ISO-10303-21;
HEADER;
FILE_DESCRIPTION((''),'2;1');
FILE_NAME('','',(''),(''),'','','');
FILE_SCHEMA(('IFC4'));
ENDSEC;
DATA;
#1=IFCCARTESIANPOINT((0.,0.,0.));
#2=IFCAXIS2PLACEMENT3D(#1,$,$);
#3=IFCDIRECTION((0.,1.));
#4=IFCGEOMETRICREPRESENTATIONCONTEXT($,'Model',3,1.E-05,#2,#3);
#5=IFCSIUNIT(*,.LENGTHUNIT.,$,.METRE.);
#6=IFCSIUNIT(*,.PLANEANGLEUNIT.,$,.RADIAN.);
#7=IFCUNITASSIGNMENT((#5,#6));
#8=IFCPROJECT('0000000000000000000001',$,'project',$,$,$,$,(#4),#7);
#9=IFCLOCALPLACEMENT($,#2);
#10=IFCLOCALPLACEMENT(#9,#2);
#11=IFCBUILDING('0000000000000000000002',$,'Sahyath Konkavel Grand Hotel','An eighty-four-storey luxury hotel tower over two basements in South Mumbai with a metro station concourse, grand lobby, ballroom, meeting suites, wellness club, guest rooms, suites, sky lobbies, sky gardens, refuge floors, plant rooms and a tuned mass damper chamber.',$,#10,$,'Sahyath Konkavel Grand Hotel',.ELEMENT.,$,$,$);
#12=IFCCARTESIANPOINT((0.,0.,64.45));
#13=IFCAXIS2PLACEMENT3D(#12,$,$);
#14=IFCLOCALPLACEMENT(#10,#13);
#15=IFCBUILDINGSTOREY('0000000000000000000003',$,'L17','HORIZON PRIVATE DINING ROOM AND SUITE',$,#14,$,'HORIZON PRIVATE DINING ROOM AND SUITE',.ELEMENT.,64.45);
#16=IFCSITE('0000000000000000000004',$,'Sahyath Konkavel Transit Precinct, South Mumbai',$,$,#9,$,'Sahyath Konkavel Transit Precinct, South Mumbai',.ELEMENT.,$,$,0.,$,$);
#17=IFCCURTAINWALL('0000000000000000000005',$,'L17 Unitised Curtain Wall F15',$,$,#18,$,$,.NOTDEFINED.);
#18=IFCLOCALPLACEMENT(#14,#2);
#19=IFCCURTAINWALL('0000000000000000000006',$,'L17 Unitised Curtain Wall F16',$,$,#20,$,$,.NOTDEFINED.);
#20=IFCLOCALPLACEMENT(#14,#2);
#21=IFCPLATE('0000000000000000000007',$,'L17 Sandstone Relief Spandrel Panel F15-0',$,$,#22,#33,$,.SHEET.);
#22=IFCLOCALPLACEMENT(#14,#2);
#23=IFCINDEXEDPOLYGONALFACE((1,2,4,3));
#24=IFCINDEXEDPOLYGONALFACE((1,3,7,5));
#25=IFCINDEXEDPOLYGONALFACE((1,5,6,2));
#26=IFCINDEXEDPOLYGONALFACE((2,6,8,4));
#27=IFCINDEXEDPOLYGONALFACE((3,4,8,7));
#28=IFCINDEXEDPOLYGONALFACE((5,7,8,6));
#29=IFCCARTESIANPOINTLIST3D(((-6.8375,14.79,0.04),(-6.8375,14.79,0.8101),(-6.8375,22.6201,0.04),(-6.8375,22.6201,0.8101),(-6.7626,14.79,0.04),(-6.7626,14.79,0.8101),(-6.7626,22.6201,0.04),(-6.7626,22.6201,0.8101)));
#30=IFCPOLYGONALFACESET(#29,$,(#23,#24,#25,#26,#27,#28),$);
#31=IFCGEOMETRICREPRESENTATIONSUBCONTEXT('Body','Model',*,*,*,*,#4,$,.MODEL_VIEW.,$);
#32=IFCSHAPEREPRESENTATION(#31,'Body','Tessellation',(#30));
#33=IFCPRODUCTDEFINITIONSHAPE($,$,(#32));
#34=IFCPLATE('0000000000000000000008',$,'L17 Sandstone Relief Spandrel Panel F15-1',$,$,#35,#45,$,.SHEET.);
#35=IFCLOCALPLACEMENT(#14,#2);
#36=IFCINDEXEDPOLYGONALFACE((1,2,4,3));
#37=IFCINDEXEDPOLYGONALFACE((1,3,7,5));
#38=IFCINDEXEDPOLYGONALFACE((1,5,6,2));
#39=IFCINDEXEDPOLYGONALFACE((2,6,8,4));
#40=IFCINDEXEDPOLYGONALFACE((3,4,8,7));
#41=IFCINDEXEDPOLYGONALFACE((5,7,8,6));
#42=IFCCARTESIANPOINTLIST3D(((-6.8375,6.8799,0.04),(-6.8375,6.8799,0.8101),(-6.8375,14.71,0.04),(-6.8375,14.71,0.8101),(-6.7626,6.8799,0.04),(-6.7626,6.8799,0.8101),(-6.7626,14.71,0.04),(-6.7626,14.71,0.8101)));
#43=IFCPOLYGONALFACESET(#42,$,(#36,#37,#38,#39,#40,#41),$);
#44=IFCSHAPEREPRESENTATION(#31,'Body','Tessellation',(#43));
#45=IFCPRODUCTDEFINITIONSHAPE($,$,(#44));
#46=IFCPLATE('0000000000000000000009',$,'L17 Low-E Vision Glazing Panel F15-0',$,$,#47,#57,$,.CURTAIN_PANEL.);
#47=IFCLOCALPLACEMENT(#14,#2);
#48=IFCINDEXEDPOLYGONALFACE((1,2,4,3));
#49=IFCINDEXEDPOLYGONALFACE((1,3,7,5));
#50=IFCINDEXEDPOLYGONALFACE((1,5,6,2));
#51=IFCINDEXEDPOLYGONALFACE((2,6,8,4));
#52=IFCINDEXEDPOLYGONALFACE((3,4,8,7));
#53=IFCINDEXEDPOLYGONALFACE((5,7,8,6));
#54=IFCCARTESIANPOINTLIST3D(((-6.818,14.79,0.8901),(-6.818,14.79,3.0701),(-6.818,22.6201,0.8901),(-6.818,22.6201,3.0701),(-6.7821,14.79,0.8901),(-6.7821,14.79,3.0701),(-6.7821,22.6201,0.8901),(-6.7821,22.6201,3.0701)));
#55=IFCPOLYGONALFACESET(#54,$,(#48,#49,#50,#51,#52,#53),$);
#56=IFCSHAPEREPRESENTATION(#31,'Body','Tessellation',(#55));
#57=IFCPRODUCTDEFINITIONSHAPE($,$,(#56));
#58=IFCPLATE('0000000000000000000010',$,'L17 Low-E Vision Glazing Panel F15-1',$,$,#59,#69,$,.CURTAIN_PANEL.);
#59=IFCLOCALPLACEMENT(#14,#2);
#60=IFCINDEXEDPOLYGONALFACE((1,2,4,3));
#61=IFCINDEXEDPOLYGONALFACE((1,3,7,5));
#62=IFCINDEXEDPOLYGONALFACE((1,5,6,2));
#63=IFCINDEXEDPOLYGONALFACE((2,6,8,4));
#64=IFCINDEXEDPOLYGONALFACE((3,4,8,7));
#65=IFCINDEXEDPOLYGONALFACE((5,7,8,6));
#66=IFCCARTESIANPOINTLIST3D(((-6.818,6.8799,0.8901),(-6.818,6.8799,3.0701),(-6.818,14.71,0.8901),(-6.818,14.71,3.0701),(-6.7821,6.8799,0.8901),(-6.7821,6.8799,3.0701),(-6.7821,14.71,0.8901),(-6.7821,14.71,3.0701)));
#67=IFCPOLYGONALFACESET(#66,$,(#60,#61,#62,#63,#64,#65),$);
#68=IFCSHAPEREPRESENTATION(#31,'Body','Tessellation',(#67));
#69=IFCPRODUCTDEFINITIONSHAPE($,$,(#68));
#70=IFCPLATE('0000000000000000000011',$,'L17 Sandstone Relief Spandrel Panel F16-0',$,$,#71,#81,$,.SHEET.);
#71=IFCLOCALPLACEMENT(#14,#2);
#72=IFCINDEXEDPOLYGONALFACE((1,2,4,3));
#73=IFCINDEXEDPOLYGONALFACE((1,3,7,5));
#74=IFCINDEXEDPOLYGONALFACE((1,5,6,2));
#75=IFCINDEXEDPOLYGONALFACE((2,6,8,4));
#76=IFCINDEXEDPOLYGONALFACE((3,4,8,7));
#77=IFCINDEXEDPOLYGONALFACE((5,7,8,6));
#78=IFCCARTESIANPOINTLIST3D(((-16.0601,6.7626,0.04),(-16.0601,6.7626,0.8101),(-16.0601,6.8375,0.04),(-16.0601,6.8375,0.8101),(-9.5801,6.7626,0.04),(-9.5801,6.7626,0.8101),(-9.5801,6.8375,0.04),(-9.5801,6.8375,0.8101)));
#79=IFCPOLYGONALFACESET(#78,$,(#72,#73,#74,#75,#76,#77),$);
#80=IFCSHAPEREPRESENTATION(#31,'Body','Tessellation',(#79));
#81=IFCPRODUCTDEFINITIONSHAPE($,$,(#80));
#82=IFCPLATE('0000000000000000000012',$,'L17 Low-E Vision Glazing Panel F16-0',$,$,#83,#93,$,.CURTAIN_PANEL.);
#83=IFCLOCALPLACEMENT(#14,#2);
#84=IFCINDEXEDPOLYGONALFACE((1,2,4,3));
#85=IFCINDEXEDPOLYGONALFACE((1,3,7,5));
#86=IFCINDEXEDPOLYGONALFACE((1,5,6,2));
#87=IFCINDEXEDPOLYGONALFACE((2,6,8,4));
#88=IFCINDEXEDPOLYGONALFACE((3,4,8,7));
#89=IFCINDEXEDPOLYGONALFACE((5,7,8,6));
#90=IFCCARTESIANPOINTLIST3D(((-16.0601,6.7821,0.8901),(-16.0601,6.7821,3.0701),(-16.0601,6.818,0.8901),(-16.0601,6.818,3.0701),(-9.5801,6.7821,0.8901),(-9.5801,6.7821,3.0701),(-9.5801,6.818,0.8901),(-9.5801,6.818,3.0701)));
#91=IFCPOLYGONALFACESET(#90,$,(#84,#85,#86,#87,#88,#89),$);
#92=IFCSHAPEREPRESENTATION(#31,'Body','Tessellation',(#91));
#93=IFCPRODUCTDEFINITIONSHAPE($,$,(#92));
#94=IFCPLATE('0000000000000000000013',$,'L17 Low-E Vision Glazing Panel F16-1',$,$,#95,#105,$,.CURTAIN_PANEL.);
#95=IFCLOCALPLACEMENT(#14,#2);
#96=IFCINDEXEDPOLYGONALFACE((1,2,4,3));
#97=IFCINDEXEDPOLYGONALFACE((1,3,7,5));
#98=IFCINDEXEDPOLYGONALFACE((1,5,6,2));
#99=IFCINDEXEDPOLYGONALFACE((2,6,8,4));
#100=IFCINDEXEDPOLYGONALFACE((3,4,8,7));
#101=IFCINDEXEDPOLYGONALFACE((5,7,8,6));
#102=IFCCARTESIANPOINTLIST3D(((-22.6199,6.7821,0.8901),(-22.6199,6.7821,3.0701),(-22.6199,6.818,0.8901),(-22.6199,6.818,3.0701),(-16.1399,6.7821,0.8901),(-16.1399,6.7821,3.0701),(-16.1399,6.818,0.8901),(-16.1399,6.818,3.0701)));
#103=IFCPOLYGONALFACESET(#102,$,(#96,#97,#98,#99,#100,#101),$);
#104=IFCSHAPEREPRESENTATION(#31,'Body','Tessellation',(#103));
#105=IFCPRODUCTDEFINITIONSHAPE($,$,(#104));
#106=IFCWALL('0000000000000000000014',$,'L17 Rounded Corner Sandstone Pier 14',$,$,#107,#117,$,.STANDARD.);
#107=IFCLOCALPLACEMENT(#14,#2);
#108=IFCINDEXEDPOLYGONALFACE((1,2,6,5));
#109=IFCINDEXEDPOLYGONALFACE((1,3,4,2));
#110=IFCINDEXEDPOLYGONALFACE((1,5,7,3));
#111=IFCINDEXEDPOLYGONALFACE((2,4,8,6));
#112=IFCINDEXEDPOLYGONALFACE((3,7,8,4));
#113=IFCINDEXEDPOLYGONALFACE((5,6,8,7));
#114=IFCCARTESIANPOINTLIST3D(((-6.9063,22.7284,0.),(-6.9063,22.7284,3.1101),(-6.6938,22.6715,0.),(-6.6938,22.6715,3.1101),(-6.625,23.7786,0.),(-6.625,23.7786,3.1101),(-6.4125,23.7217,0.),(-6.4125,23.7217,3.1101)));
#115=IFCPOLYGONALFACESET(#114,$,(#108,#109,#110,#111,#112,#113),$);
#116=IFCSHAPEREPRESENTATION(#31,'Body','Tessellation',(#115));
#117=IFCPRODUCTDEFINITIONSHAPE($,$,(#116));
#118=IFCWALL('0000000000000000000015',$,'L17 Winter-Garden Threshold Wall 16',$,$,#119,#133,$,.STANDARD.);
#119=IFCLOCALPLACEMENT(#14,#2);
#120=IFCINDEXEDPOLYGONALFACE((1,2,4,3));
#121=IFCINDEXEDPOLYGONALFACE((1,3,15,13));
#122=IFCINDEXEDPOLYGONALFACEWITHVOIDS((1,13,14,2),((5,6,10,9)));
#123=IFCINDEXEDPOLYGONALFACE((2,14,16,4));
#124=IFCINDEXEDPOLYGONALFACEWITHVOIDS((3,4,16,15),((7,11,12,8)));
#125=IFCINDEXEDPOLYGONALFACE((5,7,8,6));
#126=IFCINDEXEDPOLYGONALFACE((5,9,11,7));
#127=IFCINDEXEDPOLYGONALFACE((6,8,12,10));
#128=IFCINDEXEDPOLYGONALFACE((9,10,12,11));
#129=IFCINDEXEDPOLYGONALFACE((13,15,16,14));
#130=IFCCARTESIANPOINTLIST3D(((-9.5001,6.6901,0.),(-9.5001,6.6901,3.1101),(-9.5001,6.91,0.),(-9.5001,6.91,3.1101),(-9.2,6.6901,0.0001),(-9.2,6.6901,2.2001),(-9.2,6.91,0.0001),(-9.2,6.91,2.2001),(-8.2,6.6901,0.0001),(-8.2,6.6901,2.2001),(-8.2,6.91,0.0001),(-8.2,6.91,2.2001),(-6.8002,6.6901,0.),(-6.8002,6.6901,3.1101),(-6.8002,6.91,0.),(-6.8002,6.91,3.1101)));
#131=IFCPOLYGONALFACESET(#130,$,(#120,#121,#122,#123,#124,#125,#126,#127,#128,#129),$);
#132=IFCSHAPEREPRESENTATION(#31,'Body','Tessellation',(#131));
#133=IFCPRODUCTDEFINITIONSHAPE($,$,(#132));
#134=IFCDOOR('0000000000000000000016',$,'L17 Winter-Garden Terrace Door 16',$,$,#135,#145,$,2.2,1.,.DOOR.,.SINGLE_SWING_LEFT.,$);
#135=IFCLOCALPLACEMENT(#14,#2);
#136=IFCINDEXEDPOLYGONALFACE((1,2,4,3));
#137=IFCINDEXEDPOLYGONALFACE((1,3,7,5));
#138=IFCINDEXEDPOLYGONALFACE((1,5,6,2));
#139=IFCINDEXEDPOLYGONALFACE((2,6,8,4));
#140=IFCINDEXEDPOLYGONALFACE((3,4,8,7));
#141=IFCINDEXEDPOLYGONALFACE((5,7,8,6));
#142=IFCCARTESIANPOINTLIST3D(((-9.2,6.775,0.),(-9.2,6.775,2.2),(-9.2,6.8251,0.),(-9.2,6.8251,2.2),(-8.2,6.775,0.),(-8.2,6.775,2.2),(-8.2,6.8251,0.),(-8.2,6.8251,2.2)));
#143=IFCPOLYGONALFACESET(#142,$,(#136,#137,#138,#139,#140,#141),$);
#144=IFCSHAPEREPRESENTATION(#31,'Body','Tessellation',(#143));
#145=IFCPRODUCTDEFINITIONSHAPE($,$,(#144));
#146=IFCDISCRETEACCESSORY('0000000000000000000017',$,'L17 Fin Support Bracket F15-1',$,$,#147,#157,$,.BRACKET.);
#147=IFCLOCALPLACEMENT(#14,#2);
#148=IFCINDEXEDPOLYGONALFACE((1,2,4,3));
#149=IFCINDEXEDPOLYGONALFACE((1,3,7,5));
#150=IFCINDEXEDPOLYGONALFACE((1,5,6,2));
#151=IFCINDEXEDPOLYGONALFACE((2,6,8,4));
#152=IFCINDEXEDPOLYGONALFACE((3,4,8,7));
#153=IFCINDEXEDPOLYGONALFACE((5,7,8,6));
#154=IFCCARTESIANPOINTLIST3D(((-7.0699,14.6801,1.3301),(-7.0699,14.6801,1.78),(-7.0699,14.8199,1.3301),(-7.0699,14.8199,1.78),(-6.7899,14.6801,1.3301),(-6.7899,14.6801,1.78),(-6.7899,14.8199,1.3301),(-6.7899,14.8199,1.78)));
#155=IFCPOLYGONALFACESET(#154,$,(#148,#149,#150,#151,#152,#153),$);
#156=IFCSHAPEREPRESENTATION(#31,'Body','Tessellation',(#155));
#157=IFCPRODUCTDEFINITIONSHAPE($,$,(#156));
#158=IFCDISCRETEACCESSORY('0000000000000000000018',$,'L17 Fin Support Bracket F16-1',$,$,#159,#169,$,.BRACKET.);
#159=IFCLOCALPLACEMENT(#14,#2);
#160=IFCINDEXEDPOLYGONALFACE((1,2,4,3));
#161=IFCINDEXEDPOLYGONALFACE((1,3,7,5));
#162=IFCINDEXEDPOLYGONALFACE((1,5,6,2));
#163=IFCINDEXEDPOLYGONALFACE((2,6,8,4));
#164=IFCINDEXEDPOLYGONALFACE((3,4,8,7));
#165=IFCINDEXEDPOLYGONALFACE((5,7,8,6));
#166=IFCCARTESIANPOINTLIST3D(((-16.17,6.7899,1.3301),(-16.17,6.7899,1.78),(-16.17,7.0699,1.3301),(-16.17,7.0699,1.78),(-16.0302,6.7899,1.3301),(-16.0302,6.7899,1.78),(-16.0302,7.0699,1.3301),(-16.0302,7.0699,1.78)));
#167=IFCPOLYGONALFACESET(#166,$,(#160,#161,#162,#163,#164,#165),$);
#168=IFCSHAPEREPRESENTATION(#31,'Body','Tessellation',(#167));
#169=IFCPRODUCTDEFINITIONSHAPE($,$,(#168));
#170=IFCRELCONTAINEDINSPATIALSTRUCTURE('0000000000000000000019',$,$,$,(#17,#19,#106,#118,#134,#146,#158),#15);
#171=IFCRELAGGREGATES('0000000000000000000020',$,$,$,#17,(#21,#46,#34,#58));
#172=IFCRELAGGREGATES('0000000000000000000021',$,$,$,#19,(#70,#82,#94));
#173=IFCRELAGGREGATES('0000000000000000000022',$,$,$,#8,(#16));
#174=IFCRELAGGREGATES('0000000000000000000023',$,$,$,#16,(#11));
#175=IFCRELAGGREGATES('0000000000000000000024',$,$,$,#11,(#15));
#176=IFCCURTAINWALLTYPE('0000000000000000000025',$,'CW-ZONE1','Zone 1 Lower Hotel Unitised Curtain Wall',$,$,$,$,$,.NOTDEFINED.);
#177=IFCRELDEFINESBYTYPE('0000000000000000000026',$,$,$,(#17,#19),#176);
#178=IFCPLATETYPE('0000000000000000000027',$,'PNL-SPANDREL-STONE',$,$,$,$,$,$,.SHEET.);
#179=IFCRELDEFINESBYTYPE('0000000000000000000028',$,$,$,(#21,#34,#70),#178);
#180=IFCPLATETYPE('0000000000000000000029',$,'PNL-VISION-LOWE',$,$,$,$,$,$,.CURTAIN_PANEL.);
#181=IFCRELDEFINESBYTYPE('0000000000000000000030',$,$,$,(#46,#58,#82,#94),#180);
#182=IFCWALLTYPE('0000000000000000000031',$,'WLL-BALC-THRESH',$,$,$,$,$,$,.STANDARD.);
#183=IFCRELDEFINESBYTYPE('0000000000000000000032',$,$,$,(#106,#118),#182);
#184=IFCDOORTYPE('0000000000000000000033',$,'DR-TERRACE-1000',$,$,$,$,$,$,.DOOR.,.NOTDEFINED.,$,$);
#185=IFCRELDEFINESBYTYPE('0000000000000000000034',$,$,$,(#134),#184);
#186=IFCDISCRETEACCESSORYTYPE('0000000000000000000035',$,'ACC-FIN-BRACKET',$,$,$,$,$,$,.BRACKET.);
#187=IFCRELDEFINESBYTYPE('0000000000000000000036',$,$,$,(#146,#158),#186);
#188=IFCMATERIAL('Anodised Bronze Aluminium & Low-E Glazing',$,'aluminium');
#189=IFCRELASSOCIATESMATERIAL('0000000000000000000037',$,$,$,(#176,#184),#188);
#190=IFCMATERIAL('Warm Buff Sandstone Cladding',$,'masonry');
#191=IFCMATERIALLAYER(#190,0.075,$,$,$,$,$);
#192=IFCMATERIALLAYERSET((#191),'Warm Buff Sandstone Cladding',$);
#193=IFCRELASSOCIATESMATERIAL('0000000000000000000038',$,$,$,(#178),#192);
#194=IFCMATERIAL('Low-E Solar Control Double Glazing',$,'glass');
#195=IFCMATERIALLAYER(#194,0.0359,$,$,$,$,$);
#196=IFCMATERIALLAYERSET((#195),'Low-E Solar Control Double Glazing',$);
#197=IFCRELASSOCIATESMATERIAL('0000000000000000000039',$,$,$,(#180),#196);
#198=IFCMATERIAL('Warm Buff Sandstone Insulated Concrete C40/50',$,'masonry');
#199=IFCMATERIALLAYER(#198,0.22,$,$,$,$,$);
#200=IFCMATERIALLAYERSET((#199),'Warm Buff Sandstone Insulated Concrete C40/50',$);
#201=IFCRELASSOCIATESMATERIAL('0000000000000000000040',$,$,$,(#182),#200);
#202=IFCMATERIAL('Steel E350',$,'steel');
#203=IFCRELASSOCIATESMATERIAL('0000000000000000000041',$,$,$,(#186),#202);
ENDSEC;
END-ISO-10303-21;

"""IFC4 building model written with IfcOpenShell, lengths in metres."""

from ifc_helpers import new_model, si_unit, direction, frame, frame_2d, origin, origin_2d, place, context, subcontext, project, spatial, rectangle, extrude, source, transform, mapped, material, layer, layer_set, type_object, element, fill, aggregate, save


model = new_model("IFC4")

# Units and contexts
model_context = context("Model", 3, precision=1e-05, world=origin(), true_north=direction((0.0, 1.0)))
body_context = subcontext(model_context, "Body", "Model", "MODEL_VIEW")
ifc_project = project(units=[si_unit("LENGTHUNIT", "METRE"), si_unit("PLANEANGLEUNIT", "RADIAN")], contexts=[model_context])

# Site, building, storey
site_placement = place(None, origin())
site = spatial("IfcSite", under=ifc_project, at=site_placement, Name="Sahyath Konkavel Transit Precinct, South Mumbai", LongName="Sahyath Konkavel Transit Precinct, South Mumbai", CompositionType="ELEMENT", RefElevation=0.0)
building_placement = place(site_placement, origin())
building = spatial("IfcBuilding", under=site, at=building_placement, Name="Sahyath Konkavel Grand Hotel", Description="An eighty-four-storey luxury hotel tower over two basements in South Mumbai with a metro station concourse, grand lobby, ballroom, meeting suites, wellness club, guest rooms, suites, sky lobbies, sky gardens, refuge floors, plant rooms and a tuned mass damper chamber.", LongName="Sahyath Konkavel Grand Hotel", CompositionType="ELEMENT")
storey_placement = place(building_placement, frame((0.0, 0.0, 64.45)))
storey = spatial("IfcBuildingStorey", under=building, at=storey_placement, Name="L17", Description="HORIZON PRIVATE DINING ROOM AND SUITE", LongName="HORIZON PRIVATE DINING ROOM AND SUITE", CompositionType="ELEMENT", Elevation=64.45)

# Curtain walls
ifc_material_1 = material(Name="Anodised Bronze Aluminium & Low-E Glazing", Category="aluminium")
curtain_wall_type = type_object("IfcCurtainWallType", Name="CW-ZONE1", Description="Zone 1 Lower Hotel Unitised Curtain Wall", PredefinedType="NOTDEFINED", material=ifc_material_1)
curtain_wall_1_placement = place(storey_placement, origin())
curtain_wall_1 = element("IfcCurtainWall", 1, at=curtain_wall_1_placement, inside=storey, type_object=curtain_wall_type, Name="L17 Unitised Curtain Wall F15", PredefinedType="NOTDEFINED")
curtain_wall_2_placement = place(storey_placement, origin())
curtain_wall_2 = element("IfcCurtainWall", 2, at=curtain_wall_2_placement, inside=storey, type_object=curtain_wall_type, Name="L17 Unitised Curtain Wall F16", PredefinedType="NOTDEFINED")

# Plates
ifc_material_2 = material(Name="Warm Buff Sandstone Cladding", Category="masonry")
ifc_layer_1 = layer(ifc_material_2, 0.075)
ifc_layer_set_1 = layer_set([ifc_layer_1], Name="Warm Buff Sandstone Cladding")
plate_type_1 = type_object("IfcPlateType", Name="PNL-SPANDREL-STONE", PredefinedType="SHEET", material=ifc_layer_set_1)
shared_shape_1 = source(origin(), body_context, "Body", "SweptSolid", [
    extrude(rectangle(XDim=7.8301, YDim=0.075, at=origin_2d()), origin(), (0.0, 0.0, 1.0), 0.77),
])
plate_1_placement = place(storey_placement, frame((-6.8, 18.7051, 0.04), z_axis=(0.0, 0.0, 1.0), x_axis=(0.0, -1.0, 0.0)))
plate_1 = element("IfcPlate", 3, at=plate_1_placement, type_object=plate_type_1, Name="L17 Sandstone Relief Spandrel Panel F15-0", PredefinedType="SHEET", context=body_context, shape_type="MappedRepresentation", body=[
    mapped(shared_shape_1, transform((0.0, 0.0, 0.0), scale=1.0)),
])
plate_2_placement = place(storey_placement, frame((-6.8, 10.7949, 0.04), z_axis=(0.0, 0.0, 1.0), x_axis=(0.0, -1.0, 0.0)))
plate_2 = element("IfcPlate", 4, at=plate_2_placement, type_object=plate_type_1, Name="L17 Sandstone Relief Spandrel Panel F15-1", PredefinedType="SHEET", context=body_context, shape_type="MappedRepresentation", body=[
    mapped(shared_shape_1, transform((0.0, 0.0, 0.0), scale=1.0)),
])
ifc_material_3 = material(Name="Low-E Solar Control Double Glazing", Category="glass")
ifc_layer_2 = layer(ifc_material_3, 0.0359)
ifc_layer_set_2 = layer_set([ifc_layer_2], Name="Low-E Solar Control Double Glazing")
plate_type_2 = type_object("IfcPlateType", Name="PNL-VISION-LOWE", PredefinedType="CURTAIN_PANEL", material=ifc_layer_set_2)
shared_shape_2 = source(origin(), body_context, "Body", "SweptSolid", [
    extrude(rectangle(XDim=7.8301, YDim=0.0359, at=origin_2d()), origin(), (0.0, 0.0, 1.0), 2.1799),
])
plate_3_placement = place(storey_placement, frame((-6.8, 18.7051, 0.8901), z_axis=(0.0, 0.0, 1.0), x_axis=(0.0, -1.0, 0.0)))
plate_3 = element("IfcPlate", 5, at=plate_3_placement, type_object=plate_type_2, Name="L17 Low-E Vision Glazing Panel F15-0", PredefinedType="CURTAIN_PANEL", context=body_context, shape_type="MappedRepresentation", body=[
    mapped(shared_shape_2, transform((0.0, 0.0, 0.0), scale=1.0)),
])
plate_4_placement = place(storey_placement, frame((-6.8, 10.7949, 0.8901), z_axis=(0.0, 0.0, 1.0), x_axis=(0.0, -1.0, 0.0)))
plate_4 = element("IfcPlate", 6, at=plate_4_placement, type_object=plate_type_2, Name="L17 Low-E Vision Glazing Panel F15-1", PredefinedType="CURTAIN_PANEL", context=body_context, shape_type="MappedRepresentation", body=[
    mapped(shared_shape_2, transform((0.0, 0.0, 0.0), scale=1.0)),
])
aggregate(curtain_wall_1, [plate_1, plate_3, plate_2, plate_4])
shared_shape_3 = source(origin(), body_context, "Body", "SweptSolid", [
    extrude(rectangle(XDim=6.48, YDim=0.075, at=origin_2d()), origin(), (0.0, 0.0, 1.0), 0.77),
])
plate_5_placement = place(storey_placement, frame((-12.8201, 6.8, 0.04), z_axis=(0.0, 0.0, 1.0), x_axis=(-1.0, 0.0, 0.0)))
plate_5 = element("IfcPlate", 7, at=plate_5_placement, type_object=plate_type_1, Name="L17 Sandstone Relief Spandrel Panel F16-0", PredefinedType="SHEET", context=body_context, shape_type="MappedRepresentation", body=[
    mapped(shared_shape_3, transform((0.0, 0.0, 0.0), scale=1.0)),
])
shared_shape_4 = source(origin(), body_context, "Body", "SweptSolid", [
    extrude(rectangle(XDim=6.48, YDim=0.0359, at=origin_2d()), origin(), (0.0, 0.0, 1.0), 2.1799),
])
plate_6_placement = place(storey_placement, frame((-12.8201, 6.8, 0.8901), z_axis=(0.0, 0.0, 1.0), x_axis=(-1.0, 0.0, 0.0)))
plate_6 = element("IfcPlate", 8, at=plate_6_placement, type_object=plate_type_2, Name="L17 Low-E Vision Glazing Panel F16-0", PredefinedType="CURTAIN_PANEL", context=body_context, shape_type="MappedRepresentation", body=[
    mapped(shared_shape_4, transform((0.0, 0.0, 0.0), scale=1.0)),
])
plate_7_placement = place(storey_placement, frame((-19.3799, 6.8, 0.8901), z_axis=(0.0, 0.0, 1.0), x_axis=(-1.0, 0.0, 0.0)))
plate_7 = element("IfcPlate", 9, at=plate_7_placement, type_object=plate_type_2, Name="L17 Low-E Vision Glazing Panel F16-1", PredefinedType="CURTAIN_PANEL", context=body_context, shape_type="MappedRepresentation", body=[
    mapped(shared_shape_4, transform((0.0, 0.0, 0.0), scale=1.0)),
])
aggregate(curtain_wall_2, [plate_5, plate_6, plate_7])

# Wall
ifc_material_4 = material(Name="Warm Buff Sandstone Insulated Concrete C40/50", Category="masonry")
ifc_layer_3 = layer(ifc_material_4, 0.22)
ifc_layer_set_3 = layer_set([ifc_layer_3], Name="Warm Buff Sandstone Insulated Concrete C40/50")
wall_type = type_object("IfcWallType", Name="WLL-BALC-THRESH", PredefinedType="STANDARD", material=ifc_layer_set_3)
wall_1_placement = place(storey_placement, frame((-6.5188, 23.75, 0.0), z_axis=(0.0, 0.0, 1.0), x_axis=(-0.258725, -0.965951, 0.0)))
element("IfcWall", 10, at=wall_1_placement, inside=storey, type_object=wall_type, Name="L17 Rounded Corner Sandstone Pier 14", PredefinedType="STANDARD", context=body_context, shape_type="SweptSolid", body=[
    extrude(rectangle(XDim=1.0872, YDim=0.22, at=frame_2d((0.5435, 0.0))), origin(), (0.0, 0.0, 1.0), 3.1101),
])

# Wall, opening, door
wall_2_placement = place(storey_placement, frame((-6.8, 6.8, 0.0), z_axis=(0.0, 0.0, 1.0), x_axis=(-1.0, 0.0, 0.0)))
wall_2 = element("IfcWall", 11, at=wall_2_placement, inside=storey, type_object=wall_type, Name="L17 Winter-Garden Threshold Wall 16", PredefinedType="STANDARD", context=body_context, shape_type="SweptSolid", body=[
    extrude(rectangle(XDim=2.7, YDim=0.22, at=frame_2d((1.3501, 0.0))), origin(), (0.0, 0.0, 1.0), 3.1101),
])
opening_placement = place(wall_2_placement, frame((1.3999, 0.0, 0.0)))
opening = element("IfcOpeningElement", 12, at=opening_placement, cuts=wall_2, PredefinedType="OPENING", context=body_context, shape_type="SweptSolid", body=[
    extrude(rectangle(XDim=1.0, YDim=2.2, at=frame_2d((0.5, 1.1001))), frame((0.0, 0.1201, 0.0), z_axis=(0.0, -1.0, 0.0), x_axis=(1.0, 0.0, 0.0)), (0.0, 0.0, 1.0), 0.24),
])
door_type = type_object("IfcDoorType", Name="DR-TERRACE-1000", OperationType="NOTDEFINED", PredefinedType="DOOR", material=ifc_material_1)
shared_shape_5 = source(origin(), body_context, "Body", "SweptSolid", [
    extrude(rectangle(XDim=1.0, YDim=0.05, at=origin_2d()), origin(), (0.0, 0.0, 1.0), 2.2),
])
door_placement = place(opening_placement, frame((0.5, 0.0, 0.0)))
door = element("IfcDoor", 13, at=door_placement, inside=storey, type_object=door_type, Name="L17 Winter-Garden Terrace Door 16", OperationType="SINGLE_SWING_LEFT", OverallHeight=2.2, OverallWidth=1.0, PredefinedType="DOOR", context=body_context, shape_type="MappedRepresentation", body=[
    mapped(shared_shape_5, transform((0.0, 0.0, 0.0), scale=1.0)),
])
fill(opening, door)

# Discrete accessories
ifc_material_5 = material(Name="Steel E350", Category="steel")
discrete_accessory_type = type_object("IfcDiscreteAccessoryType", Name="ACC-FIN-BRACKET", PredefinedType="BRACKET", material=ifc_material_5)
shared_shape_6 = source(origin(), body_context, "Body", "SweptSolid", [
    extrude(rectangle(XDim=0.28, YDim=0.1399, at=origin_2d()), origin(), (0.0, 0.0, 1.0), 0.45),
])
for number, where, z_axis, x_axis, name in (
    (14, (-6.9299, 14.75, 1.3301), (0.0, 0.0, 1.0), (-1.0, 0.0, 0.0), "L17 Fin Support Bracket F15-1"),
    (15, (-16.1001, 6.9299, 1.3301), (0.0, 0.0, 1.0), (0.0, 1.0, 0.0), "L17 Fin Support Bracket F16-1"),
):
    element("IfcDiscreteAccessory", number, at=place(storey_placement, frame(where, z_axis=z_axis, x_axis=x_axis)), inside=storey, type_object=discrete_accessory_type, Name=name, PredefinedType="BRACKET", context=body_context, shape_type="MappedRepresentation", body=[
        mapped(shared_shape_6, transform((0.0, 0.0, 0.0), scale=1.0)),
    ])

save(model, "model.ifc")
